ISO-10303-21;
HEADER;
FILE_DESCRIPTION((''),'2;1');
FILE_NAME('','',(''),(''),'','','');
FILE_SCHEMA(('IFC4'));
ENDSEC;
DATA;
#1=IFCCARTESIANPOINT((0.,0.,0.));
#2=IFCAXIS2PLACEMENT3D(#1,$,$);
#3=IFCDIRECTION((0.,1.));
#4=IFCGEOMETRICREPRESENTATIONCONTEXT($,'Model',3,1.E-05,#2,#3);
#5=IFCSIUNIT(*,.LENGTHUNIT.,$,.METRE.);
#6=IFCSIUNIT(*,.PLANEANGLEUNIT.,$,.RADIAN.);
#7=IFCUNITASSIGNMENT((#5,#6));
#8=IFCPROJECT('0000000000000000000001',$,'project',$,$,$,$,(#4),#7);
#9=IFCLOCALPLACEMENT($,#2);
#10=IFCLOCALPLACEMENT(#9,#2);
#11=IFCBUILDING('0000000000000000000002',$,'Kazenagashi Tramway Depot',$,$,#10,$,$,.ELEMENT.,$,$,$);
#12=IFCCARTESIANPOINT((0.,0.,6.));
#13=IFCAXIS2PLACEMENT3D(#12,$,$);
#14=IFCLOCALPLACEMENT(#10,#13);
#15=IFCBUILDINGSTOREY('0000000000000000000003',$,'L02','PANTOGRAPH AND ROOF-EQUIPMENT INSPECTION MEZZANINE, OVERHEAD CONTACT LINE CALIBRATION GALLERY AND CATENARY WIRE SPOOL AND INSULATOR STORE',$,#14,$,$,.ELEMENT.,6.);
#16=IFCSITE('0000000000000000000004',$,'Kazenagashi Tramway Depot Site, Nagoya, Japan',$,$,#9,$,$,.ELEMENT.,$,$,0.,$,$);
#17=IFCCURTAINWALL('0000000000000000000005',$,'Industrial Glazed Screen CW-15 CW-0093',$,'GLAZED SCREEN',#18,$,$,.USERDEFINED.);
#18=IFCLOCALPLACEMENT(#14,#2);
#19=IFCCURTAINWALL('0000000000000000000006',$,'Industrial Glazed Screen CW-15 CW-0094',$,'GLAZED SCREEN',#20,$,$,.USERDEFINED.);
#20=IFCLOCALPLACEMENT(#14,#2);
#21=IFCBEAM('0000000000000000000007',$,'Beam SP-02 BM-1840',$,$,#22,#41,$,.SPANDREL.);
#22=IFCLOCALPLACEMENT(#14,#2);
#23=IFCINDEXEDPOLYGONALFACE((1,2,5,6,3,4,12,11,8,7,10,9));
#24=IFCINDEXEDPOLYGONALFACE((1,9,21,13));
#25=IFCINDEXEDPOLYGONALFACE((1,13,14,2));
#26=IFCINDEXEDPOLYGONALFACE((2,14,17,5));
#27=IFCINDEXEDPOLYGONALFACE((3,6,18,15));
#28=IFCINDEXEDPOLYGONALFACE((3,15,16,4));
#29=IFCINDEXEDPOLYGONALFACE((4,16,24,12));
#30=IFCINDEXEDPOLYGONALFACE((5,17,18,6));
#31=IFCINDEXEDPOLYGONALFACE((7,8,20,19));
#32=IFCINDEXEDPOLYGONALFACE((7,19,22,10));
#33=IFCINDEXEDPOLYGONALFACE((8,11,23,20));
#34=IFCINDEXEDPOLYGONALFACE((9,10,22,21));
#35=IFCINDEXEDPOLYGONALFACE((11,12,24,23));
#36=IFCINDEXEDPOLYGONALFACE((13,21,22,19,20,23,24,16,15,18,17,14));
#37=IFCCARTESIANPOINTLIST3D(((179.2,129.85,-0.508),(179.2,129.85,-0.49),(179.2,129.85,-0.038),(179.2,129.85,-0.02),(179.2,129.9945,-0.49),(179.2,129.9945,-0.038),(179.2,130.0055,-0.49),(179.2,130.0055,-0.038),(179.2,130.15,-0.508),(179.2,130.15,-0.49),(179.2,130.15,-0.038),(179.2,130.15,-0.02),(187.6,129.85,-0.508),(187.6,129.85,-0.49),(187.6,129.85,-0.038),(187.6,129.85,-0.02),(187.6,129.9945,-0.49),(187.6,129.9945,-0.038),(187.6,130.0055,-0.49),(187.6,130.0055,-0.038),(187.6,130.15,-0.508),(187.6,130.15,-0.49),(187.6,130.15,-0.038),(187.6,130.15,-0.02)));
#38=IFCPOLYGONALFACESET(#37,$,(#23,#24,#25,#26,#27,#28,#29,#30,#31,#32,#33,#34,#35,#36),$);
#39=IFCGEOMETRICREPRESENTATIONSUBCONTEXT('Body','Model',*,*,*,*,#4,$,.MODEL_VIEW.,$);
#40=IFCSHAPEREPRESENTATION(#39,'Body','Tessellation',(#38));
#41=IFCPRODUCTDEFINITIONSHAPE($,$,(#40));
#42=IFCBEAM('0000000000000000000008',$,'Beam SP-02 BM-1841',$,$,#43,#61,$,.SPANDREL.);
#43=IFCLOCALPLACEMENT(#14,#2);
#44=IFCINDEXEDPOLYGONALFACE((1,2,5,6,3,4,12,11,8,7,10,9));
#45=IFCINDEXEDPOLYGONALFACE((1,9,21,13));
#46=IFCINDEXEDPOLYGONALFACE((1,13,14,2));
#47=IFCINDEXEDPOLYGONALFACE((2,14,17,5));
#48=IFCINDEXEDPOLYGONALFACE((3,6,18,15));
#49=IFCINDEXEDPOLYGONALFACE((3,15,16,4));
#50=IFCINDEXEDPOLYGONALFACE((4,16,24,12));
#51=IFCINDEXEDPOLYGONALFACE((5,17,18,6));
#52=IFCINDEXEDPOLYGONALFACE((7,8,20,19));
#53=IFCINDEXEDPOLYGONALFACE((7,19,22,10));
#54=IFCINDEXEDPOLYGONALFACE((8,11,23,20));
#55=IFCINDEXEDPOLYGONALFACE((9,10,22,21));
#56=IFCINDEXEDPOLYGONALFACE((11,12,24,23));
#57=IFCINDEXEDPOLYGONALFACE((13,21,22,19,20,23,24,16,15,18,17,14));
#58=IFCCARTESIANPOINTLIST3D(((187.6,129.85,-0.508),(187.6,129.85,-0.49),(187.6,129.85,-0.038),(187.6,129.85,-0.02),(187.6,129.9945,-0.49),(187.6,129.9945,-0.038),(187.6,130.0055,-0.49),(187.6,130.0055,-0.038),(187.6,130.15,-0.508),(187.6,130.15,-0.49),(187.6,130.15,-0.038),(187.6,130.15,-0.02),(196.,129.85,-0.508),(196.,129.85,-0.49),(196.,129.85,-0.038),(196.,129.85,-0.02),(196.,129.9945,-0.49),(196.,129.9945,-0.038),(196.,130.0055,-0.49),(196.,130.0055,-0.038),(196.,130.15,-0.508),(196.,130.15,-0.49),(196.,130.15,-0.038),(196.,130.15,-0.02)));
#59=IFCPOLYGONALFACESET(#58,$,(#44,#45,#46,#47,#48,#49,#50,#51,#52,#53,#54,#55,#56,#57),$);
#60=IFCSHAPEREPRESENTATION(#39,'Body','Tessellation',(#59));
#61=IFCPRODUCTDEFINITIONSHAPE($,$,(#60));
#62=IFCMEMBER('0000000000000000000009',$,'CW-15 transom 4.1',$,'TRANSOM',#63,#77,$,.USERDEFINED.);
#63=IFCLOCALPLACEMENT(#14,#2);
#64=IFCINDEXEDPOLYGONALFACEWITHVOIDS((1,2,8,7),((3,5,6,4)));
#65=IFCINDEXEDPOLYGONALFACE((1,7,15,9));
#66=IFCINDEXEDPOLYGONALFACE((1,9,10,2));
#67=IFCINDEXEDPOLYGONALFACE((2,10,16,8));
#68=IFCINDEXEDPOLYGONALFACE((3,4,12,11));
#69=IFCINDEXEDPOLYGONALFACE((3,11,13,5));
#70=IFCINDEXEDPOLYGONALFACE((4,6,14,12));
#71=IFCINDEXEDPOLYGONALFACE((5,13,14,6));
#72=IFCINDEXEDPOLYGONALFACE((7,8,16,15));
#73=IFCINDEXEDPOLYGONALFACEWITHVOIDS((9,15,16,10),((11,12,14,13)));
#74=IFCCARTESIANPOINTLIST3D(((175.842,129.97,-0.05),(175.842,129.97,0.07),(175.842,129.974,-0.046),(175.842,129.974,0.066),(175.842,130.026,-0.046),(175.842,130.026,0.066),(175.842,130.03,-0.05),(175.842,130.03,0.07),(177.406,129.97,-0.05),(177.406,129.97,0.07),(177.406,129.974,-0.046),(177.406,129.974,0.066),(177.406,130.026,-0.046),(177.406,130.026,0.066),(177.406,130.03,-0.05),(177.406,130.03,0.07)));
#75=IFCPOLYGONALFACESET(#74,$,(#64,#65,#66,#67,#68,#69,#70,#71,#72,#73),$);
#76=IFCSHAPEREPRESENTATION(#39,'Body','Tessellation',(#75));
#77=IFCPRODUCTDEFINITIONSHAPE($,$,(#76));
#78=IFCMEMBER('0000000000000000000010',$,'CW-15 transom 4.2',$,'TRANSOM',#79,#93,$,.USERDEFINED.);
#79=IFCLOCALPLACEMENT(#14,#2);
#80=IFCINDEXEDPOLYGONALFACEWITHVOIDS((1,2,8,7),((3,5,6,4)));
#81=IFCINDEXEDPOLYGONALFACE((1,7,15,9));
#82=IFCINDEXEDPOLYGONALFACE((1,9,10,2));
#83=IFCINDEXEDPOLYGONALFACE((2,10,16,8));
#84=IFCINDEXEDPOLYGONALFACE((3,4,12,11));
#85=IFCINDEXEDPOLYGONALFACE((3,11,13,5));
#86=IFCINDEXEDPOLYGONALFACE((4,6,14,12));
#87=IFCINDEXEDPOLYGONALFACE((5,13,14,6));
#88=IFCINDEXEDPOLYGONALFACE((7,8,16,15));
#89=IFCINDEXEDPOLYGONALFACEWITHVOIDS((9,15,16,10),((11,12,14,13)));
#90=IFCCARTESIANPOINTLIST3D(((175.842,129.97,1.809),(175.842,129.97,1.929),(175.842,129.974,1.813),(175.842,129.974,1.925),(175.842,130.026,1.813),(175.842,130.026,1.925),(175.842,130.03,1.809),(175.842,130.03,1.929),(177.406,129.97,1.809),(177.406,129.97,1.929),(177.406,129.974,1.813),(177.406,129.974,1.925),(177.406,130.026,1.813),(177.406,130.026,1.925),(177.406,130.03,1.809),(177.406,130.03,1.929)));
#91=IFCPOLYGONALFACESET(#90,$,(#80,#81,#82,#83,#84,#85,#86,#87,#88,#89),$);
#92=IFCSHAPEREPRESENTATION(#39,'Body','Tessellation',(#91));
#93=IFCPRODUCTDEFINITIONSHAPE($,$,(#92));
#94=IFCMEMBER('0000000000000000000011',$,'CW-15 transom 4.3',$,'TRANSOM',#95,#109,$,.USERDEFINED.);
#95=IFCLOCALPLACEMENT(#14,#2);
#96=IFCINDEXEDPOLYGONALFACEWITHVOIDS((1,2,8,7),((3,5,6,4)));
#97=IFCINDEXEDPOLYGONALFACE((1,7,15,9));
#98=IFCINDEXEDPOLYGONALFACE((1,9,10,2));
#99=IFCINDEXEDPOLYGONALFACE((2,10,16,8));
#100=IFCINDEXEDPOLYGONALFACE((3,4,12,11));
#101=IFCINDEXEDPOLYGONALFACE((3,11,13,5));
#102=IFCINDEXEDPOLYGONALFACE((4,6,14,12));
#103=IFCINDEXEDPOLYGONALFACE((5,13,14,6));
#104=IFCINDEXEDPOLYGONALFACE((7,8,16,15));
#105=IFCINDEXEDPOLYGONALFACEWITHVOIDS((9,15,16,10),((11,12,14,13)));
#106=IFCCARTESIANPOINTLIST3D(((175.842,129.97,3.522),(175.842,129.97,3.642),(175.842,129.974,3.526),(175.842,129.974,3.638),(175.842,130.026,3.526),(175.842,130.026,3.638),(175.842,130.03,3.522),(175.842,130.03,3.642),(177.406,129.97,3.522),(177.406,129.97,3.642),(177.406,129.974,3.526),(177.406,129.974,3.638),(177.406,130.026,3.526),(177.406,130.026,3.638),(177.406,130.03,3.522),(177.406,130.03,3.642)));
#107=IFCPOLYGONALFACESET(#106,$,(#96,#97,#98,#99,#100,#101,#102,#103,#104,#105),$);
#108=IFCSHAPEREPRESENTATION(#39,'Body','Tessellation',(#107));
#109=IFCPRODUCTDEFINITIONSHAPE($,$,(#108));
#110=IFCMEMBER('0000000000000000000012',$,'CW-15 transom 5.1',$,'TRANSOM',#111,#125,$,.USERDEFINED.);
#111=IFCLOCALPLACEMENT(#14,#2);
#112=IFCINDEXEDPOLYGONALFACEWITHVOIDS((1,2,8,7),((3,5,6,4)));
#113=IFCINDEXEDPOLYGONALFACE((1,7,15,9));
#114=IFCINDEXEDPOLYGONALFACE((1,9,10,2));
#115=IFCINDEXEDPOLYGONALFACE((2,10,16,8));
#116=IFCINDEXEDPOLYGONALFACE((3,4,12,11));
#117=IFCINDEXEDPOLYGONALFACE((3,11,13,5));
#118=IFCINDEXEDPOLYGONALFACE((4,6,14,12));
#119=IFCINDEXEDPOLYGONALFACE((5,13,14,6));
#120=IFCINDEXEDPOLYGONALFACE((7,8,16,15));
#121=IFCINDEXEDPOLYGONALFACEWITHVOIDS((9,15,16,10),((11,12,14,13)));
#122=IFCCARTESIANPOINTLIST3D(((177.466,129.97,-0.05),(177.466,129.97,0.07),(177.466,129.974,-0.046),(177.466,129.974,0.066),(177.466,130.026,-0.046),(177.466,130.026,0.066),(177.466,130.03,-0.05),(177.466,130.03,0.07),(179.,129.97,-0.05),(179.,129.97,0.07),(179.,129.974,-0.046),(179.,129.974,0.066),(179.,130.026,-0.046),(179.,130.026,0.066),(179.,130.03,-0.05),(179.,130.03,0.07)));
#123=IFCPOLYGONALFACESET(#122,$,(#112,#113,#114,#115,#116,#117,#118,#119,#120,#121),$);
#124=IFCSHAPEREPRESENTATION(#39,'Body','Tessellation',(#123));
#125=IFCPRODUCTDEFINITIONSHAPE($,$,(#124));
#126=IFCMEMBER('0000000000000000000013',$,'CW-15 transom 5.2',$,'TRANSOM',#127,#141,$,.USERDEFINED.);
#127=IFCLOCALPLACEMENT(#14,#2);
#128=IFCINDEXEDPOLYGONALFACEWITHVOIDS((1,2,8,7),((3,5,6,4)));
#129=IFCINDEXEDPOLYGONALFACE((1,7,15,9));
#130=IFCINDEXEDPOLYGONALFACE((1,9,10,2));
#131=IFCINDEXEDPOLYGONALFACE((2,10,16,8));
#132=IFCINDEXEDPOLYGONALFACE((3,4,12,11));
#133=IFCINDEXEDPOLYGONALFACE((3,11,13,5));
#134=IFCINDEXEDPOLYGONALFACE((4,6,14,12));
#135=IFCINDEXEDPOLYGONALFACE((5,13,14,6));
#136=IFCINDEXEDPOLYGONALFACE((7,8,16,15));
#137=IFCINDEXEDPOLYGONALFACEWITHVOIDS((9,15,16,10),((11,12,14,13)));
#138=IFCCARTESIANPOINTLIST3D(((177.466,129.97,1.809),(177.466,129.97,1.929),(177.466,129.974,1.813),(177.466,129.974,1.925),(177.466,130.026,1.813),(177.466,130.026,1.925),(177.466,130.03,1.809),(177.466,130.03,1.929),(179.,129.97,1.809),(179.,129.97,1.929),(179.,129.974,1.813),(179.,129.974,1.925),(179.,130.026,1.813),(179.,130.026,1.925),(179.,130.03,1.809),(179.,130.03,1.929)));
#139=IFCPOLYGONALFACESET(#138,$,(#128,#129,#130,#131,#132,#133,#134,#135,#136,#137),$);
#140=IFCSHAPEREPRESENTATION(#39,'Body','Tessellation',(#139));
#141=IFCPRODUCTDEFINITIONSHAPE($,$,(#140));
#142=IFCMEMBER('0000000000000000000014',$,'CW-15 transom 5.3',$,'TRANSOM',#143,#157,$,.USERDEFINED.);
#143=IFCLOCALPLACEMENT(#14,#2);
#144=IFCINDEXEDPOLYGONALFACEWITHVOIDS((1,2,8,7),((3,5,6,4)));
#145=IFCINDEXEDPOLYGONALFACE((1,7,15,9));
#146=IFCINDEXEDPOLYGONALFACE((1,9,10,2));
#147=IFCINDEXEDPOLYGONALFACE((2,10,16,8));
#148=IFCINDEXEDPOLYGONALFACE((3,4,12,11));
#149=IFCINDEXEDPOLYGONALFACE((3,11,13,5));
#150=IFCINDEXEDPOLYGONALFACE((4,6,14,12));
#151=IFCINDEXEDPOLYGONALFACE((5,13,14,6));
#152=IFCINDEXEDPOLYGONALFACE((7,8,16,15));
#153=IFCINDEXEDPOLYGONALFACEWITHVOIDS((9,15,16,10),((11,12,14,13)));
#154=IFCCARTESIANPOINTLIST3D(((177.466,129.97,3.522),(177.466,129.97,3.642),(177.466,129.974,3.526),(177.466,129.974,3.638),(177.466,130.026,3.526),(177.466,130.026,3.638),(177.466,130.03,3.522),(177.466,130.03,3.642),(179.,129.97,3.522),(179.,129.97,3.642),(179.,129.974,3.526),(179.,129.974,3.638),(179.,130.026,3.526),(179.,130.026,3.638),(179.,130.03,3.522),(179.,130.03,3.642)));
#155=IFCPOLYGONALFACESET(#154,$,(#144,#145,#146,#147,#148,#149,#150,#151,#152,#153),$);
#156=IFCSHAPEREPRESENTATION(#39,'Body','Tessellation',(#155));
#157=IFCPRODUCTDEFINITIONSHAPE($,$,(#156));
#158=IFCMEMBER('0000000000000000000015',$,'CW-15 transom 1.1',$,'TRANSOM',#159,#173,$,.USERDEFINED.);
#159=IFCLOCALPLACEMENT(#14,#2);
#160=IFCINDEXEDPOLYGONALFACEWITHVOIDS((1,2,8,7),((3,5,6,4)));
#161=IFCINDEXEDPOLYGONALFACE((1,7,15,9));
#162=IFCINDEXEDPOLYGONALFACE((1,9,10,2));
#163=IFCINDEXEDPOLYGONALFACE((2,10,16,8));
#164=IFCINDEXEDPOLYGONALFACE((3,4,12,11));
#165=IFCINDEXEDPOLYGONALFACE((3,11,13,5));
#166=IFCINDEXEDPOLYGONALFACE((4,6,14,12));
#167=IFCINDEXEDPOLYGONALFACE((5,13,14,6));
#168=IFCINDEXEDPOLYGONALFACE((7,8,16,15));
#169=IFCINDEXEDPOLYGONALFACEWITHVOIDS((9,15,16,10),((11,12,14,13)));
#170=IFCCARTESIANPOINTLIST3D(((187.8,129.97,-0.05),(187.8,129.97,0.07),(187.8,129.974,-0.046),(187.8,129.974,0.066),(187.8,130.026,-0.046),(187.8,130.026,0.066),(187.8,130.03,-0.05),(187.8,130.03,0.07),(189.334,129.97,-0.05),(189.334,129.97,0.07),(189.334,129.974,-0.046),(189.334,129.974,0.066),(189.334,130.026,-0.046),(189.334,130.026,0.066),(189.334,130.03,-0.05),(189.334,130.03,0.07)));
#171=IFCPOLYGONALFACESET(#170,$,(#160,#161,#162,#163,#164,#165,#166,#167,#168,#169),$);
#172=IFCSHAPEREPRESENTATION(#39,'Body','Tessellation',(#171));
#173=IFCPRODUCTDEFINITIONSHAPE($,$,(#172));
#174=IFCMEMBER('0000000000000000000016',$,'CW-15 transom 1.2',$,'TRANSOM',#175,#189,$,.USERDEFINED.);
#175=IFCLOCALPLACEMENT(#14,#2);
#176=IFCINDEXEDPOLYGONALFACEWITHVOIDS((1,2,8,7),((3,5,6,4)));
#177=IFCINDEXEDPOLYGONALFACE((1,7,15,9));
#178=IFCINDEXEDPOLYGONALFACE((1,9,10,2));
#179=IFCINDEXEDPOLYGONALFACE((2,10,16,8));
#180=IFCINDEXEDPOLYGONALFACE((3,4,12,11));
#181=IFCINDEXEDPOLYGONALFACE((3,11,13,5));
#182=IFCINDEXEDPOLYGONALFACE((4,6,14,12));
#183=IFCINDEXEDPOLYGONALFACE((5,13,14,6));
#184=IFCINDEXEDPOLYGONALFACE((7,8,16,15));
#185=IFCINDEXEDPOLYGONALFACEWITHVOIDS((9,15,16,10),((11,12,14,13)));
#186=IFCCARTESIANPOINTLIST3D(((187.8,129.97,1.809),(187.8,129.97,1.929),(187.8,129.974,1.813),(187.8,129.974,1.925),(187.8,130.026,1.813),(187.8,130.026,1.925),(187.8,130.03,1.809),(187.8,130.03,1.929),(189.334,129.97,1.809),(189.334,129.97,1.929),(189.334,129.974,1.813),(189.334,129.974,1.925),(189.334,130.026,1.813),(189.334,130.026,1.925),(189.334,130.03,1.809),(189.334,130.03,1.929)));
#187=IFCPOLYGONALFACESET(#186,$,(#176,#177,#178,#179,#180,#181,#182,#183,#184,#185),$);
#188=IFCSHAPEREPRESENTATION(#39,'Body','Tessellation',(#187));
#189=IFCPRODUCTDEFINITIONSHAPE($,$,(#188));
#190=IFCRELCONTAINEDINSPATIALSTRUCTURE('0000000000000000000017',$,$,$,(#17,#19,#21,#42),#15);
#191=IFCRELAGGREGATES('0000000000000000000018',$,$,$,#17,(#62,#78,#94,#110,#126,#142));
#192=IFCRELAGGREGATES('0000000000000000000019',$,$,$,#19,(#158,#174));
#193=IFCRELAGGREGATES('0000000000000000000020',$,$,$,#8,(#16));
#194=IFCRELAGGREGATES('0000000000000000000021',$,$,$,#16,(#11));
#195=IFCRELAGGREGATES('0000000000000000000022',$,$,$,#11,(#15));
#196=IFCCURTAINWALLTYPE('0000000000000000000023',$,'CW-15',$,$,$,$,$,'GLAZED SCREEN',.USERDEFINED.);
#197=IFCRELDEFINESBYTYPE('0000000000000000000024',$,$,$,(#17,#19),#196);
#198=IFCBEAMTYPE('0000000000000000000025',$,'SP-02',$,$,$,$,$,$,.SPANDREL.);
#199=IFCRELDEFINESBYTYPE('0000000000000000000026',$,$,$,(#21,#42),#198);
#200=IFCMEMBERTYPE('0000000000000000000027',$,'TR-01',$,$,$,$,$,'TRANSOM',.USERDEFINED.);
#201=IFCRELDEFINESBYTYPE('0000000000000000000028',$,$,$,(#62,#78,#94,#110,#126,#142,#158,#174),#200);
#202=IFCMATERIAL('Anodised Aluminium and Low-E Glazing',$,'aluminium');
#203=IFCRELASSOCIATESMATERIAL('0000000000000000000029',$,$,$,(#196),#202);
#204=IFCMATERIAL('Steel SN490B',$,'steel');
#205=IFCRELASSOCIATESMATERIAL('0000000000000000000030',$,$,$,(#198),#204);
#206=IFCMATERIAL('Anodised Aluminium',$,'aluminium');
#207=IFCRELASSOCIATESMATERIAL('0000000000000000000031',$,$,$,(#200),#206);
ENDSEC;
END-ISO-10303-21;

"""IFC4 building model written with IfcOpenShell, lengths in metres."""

from ifc_helpers import new_model, si_unit, direction, frame, origin, origin_2d, place, context, subcontext, project, spatial, hollow_rectangle, i_section, extrude, material, material_profile, profile_set, type_object, element, aggregate, save


model = new_model("IFC4")

# Units and contexts
model_context = context("Model", 3, precision=1e-05, world=origin(), true_north=direction((0.0, 1.0)))
body_context = subcontext(model_context, "Body", "Model", "MODEL_VIEW")
ifc_project = project(units=[si_unit("LENGTHUNIT", "METRE"), si_unit("PLANEANGLEUNIT", "RADIAN")], contexts=[model_context])

# Site, building, storey
site_placement = place(None, origin())
site = spatial("IfcSite", under=ifc_project, at=site_placement, Name="Kazenagashi Tramway Depot Site, Nagoya, Japan", CompositionType="ELEMENT", RefElevation=0.0)
building_placement = place(site_placement, origin())
building = spatial("IfcBuilding", under=site, at=building_placement, Name="Kazenagashi Tramway Depot", CompositionType="ELEMENT")
storey_placement = place(building_placement, frame((0.0, 0.0, 6.0)))
storey = spatial("IfcBuildingStorey", under=building, at=storey_placement, Name="L02", Description="PANTOGRAPH AND ROOF-EQUIPMENT INSPECTION MEZZANINE, OVERHEAD CONTACT LINE CALIBRATION GALLERY AND CATENARY WIRE SPOOL AND INSULATOR STORE", CompositionType="ELEMENT", Elevation=6.0)

# Shared definitions
ifc_material_1 = material(Name="Steel SN490B", Category="steel")

# Curtain walls
ifc_material_2 = material(Name="Anodised Aluminium and Low-E Glazing", Category="aluminium")
curtain_wall_type = type_object("IfcCurtainWallType", Name="CW-15", ElementType="GLAZED SCREEN", PredefinedType="USERDEFINED", material=ifc_material_2)
curtain_wall_1_placement = place(storey_placement, origin())
curtain_wall_1 = element("IfcCurtainWall", 1, at=curtain_wall_1_placement, inside=storey, type_object=curtain_wall_type, Name="Industrial Glazed Screen CW-15 CW-0093", ObjectType="GLAZED SCREEN", PredefinedType="USERDEFINED")
ifc_material_3 = material(Name="Anodised Aluminium", Category="aluminium")
curtain_wall_2_placement = place(storey_placement, origin())
curtain_wall_2 = element("IfcCurtainWall", 2, at=curtain_wall_2_placement, inside=storey, type_object=curtain_wall_type, Name="Industrial Glazed Screen CW-15 CW-0094", ObjectType="GLAZED SCREEN", PredefinedType="USERDEFINED")

# Beams
ifc_material_profile_1 = material_profile(ifc_material_1, i_section(OverallWidth=0.3, OverallDepth=0.488, WebThickness=0.011, FlangeThickness=0.018, at=origin_2d()), Name="H-488x300x11x18")
ifc_profile_set_1 = profile_set([ifc_material_profile_1], Name="Steel SN490B")
beam_type_1 = type_object("IfcBeamType", Name="SP-02", PredefinedType="SPANDREL", material=ifc_profile_set_1)
for number, where, z_axis, x_axis, name in (
    (3, (179.2, 130.0, -0.264), (1.0, 0.0, 0.0), (0.0, 1.0, 0.0), "Beam SP-02 BM-1840"),
    (4, (187.6, 130.0, -0.264), (1.0, 0.0, 0.0), (0.0, 1.0, 0.0), "Beam SP-02 BM-1841"),
):
    element("IfcBeam", number, at=place(storey_placement, frame(where, z_axis=z_axis, x_axis=x_axis)), inside=storey, type_object=beam_type_1, Name=name, PredefinedType="SPANDREL", context=body_context, shape_type="SweptSolid", body=[
        extrude(i_section(OverallWidth=0.3, OverallDepth=0.488, WebThickness=0.011, FlangeThickness=0.018, at=origin_2d()), origin(), (0.0, 0.0, 1.0), 8.4),
    ])

# Members
ifc_material_profile_2 = material_profile(ifc_material_3, hollow_rectangle(XDim=0.06, YDim=0.12, WallThickness=0.004, at=origin_2d()), Name="RHS-120x60x4")
ifc_profile_set_2 = profile_set([ifc_material_profile_2], Name="Anodised Aluminium")
member_type_1 = type_object("IfcMemberType", Name="TR-01", ElementType="TRANSOM", PredefinedType="USERDEFINED", material=ifc_profile_set_2)
member_1_placement = place(storey_placement, frame((175.842, 130.0, 0.01), z_axis=(1.0, 0.0, 0.0), x_axis=(0.0, 1.0, 0.0)))
member_1 = element("IfcMember", 5, at=member_1_placement, type_object=member_type_1, Name="CW-15 transom 4.1", ObjectType="TRANSOM", PredefinedType="USERDEFINED", context=body_context, shape_type="SweptSolid", body=[
    extrude(hollow_rectangle(XDim=0.06, YDim=0.12, WallThickness=0.004, at=origin_2d()), origin(), (0.0, 0.0, 1.0), 1.564),
])
member_2_placement = place(storey_placement, frame((175.842, 130.0, 1.869), z_axis=(1.0, 0.0, 0.0), x_axis=(0.0, 1.0, 0.0)))
member_2 = element("IfcMember", 6, at=member_2_placement, type_object=member_type_1, Name="CW-15 transom 4.2", ObjectType="TRANSOM", PredefinedType="USERDEFINED", context=body_context, shape_type="SweptSolid", body=[
    extrude(hollow_rectangle(XDim=0.06, YDim=0.12, WallThickness=0.004, at=origin_2d()), origin(), (0.0, 0.0, 1.0), 1.564),
])
member_3_placement = place(storey_placement, frame((175.842, 130.0, 3.582), z_axis=(1.0, 0.0, 0.0), x_axis=(0.0, 1.0, 0.0)))
member_3 = element("IfcMember", 7, at=member_3_placement, type_object=member_type_1, Name="CW-15 transom 4.3", ObjectType="TRANSOM", PredefinedType="USERDEFINED", context=body_context, shape_type="SweptSolid", body=[
    extrude(hollow_rectangle(XDim=0.06, YDim=0.12, WallThickness=0.004, at=origin_2d()), origin(), (0.0, 0.0, 1.0), 1.564),
])
member_4_placement = place(storey_placement, frame((177.466, 130.0, 0.01), z_axis=(1.0, 0.0, 0.0), x_axis=(0.0, 1.0, 0.0)))
member_4 = element("IfcMember", 8, at=member_4_placement, type_object=member_type_1, Name="CW-15 transom 5.1", ObjectType="TRANSOM", PredefinedType="USERDEFINED", context=body_context, shape_type="SweptSolid", body=[
    extrude(hollow_rectangle(XDim=0.06, YDim=0.12, WallThickness=0.004, at=origin_2d()), origin(), (0.0, 0.0, 1.0), 1.534),
])
member_5_placement = place(storey_placement, frame((177.466, 130.0, 1.869), z_axis=(1.0, 0.0, 0.0), x_axis=(0.0, 1.0, 0.0)))
member_5 = element("IfcMember", 9, at=member_5_placement, type_object=member_type_1, Name="CW-15 transom 5.2", ObjectType="TRANSOM", PredefinedType="USERDEFINED", context=body_context, shape_type="SweptSolid", body=[
    extrude(hollow_rectangle(XDim=0.06, YDim=0.12, WallThickness=0.004, at=origin_2d()), origin(), (0.0, 0.0, 1.0), 1.534),
])
member_6_placement = place(storey_placement, frame((177.466, 130.0, 3.582), z_axis=(1.0, 0.0, 0.0), x_axis=(0.0, 1.0, 0.0)))
member_6 = element("IfcMember", 10, at=member_6_placement, type_object=member_type_1, Name="CW-15 transom 5.3", ObjectType="TRANSOM", PredefinedType="USERDEFINED", context=body_context, shape_type="SweptSolid", body=[
    extrude(hollow_rectangle(XDim=0.06, YDim=0.12, WallThickness=0.004, at=origin_2d()), origin(), (0.0, 0.0, 1.0), 1.534),
])
member_7_placement = place(storey_placement, frame((187.8, 130.0, 0.01), z_axis=(1.0, 0.0, 0.0), x_axis=(0.0, 1.0, 0.0)))
member_7 = element("IfcMember", 11, at=member_7_placement, type_object=member_type_1, Name="CW-15 transom 1.1", ObjectType="TRANSOM", PredefinedType="USERDEFINED", context=body_context, shape_type="SweptSolid", body=[
    extrude(hollow_rectangle(XDim=0.06, YDim=0.12, WallThickness=0.004, at=origin_2d()), origin(), (0.0, 0.0, 1.0), 1.534),
])
member_8_placement = place(storey_placement, frame((187.8, 130.0, 1.869), z_axis=(1.0, 0.0, 0.0), x_axis=(0.0, 1.0, 0.0)))
member_8 = element("IfcMember", 12, at=member_8_placement, type_object=member_type_1, Name="CW-15 transom 1.2", ObjectType="TRANSOM", PredefinedType="USERDEFINED", context=body_context, shape_type="SweptSolid", body=[
    extrude(hollow_rectangle(XDim=0.06, YDim=0.12, WallThickness=0.004, at=origin_2d()), origin(), (0.0, 0.0, 1.0), 1.534),
])

aggregate(curtain_wall_1, [member_1, member_2, member_3, member_4, member_5, member_6])
aggregate(curtain_wall_2, [member_7, member_8])

save(model, "model.ifc")
